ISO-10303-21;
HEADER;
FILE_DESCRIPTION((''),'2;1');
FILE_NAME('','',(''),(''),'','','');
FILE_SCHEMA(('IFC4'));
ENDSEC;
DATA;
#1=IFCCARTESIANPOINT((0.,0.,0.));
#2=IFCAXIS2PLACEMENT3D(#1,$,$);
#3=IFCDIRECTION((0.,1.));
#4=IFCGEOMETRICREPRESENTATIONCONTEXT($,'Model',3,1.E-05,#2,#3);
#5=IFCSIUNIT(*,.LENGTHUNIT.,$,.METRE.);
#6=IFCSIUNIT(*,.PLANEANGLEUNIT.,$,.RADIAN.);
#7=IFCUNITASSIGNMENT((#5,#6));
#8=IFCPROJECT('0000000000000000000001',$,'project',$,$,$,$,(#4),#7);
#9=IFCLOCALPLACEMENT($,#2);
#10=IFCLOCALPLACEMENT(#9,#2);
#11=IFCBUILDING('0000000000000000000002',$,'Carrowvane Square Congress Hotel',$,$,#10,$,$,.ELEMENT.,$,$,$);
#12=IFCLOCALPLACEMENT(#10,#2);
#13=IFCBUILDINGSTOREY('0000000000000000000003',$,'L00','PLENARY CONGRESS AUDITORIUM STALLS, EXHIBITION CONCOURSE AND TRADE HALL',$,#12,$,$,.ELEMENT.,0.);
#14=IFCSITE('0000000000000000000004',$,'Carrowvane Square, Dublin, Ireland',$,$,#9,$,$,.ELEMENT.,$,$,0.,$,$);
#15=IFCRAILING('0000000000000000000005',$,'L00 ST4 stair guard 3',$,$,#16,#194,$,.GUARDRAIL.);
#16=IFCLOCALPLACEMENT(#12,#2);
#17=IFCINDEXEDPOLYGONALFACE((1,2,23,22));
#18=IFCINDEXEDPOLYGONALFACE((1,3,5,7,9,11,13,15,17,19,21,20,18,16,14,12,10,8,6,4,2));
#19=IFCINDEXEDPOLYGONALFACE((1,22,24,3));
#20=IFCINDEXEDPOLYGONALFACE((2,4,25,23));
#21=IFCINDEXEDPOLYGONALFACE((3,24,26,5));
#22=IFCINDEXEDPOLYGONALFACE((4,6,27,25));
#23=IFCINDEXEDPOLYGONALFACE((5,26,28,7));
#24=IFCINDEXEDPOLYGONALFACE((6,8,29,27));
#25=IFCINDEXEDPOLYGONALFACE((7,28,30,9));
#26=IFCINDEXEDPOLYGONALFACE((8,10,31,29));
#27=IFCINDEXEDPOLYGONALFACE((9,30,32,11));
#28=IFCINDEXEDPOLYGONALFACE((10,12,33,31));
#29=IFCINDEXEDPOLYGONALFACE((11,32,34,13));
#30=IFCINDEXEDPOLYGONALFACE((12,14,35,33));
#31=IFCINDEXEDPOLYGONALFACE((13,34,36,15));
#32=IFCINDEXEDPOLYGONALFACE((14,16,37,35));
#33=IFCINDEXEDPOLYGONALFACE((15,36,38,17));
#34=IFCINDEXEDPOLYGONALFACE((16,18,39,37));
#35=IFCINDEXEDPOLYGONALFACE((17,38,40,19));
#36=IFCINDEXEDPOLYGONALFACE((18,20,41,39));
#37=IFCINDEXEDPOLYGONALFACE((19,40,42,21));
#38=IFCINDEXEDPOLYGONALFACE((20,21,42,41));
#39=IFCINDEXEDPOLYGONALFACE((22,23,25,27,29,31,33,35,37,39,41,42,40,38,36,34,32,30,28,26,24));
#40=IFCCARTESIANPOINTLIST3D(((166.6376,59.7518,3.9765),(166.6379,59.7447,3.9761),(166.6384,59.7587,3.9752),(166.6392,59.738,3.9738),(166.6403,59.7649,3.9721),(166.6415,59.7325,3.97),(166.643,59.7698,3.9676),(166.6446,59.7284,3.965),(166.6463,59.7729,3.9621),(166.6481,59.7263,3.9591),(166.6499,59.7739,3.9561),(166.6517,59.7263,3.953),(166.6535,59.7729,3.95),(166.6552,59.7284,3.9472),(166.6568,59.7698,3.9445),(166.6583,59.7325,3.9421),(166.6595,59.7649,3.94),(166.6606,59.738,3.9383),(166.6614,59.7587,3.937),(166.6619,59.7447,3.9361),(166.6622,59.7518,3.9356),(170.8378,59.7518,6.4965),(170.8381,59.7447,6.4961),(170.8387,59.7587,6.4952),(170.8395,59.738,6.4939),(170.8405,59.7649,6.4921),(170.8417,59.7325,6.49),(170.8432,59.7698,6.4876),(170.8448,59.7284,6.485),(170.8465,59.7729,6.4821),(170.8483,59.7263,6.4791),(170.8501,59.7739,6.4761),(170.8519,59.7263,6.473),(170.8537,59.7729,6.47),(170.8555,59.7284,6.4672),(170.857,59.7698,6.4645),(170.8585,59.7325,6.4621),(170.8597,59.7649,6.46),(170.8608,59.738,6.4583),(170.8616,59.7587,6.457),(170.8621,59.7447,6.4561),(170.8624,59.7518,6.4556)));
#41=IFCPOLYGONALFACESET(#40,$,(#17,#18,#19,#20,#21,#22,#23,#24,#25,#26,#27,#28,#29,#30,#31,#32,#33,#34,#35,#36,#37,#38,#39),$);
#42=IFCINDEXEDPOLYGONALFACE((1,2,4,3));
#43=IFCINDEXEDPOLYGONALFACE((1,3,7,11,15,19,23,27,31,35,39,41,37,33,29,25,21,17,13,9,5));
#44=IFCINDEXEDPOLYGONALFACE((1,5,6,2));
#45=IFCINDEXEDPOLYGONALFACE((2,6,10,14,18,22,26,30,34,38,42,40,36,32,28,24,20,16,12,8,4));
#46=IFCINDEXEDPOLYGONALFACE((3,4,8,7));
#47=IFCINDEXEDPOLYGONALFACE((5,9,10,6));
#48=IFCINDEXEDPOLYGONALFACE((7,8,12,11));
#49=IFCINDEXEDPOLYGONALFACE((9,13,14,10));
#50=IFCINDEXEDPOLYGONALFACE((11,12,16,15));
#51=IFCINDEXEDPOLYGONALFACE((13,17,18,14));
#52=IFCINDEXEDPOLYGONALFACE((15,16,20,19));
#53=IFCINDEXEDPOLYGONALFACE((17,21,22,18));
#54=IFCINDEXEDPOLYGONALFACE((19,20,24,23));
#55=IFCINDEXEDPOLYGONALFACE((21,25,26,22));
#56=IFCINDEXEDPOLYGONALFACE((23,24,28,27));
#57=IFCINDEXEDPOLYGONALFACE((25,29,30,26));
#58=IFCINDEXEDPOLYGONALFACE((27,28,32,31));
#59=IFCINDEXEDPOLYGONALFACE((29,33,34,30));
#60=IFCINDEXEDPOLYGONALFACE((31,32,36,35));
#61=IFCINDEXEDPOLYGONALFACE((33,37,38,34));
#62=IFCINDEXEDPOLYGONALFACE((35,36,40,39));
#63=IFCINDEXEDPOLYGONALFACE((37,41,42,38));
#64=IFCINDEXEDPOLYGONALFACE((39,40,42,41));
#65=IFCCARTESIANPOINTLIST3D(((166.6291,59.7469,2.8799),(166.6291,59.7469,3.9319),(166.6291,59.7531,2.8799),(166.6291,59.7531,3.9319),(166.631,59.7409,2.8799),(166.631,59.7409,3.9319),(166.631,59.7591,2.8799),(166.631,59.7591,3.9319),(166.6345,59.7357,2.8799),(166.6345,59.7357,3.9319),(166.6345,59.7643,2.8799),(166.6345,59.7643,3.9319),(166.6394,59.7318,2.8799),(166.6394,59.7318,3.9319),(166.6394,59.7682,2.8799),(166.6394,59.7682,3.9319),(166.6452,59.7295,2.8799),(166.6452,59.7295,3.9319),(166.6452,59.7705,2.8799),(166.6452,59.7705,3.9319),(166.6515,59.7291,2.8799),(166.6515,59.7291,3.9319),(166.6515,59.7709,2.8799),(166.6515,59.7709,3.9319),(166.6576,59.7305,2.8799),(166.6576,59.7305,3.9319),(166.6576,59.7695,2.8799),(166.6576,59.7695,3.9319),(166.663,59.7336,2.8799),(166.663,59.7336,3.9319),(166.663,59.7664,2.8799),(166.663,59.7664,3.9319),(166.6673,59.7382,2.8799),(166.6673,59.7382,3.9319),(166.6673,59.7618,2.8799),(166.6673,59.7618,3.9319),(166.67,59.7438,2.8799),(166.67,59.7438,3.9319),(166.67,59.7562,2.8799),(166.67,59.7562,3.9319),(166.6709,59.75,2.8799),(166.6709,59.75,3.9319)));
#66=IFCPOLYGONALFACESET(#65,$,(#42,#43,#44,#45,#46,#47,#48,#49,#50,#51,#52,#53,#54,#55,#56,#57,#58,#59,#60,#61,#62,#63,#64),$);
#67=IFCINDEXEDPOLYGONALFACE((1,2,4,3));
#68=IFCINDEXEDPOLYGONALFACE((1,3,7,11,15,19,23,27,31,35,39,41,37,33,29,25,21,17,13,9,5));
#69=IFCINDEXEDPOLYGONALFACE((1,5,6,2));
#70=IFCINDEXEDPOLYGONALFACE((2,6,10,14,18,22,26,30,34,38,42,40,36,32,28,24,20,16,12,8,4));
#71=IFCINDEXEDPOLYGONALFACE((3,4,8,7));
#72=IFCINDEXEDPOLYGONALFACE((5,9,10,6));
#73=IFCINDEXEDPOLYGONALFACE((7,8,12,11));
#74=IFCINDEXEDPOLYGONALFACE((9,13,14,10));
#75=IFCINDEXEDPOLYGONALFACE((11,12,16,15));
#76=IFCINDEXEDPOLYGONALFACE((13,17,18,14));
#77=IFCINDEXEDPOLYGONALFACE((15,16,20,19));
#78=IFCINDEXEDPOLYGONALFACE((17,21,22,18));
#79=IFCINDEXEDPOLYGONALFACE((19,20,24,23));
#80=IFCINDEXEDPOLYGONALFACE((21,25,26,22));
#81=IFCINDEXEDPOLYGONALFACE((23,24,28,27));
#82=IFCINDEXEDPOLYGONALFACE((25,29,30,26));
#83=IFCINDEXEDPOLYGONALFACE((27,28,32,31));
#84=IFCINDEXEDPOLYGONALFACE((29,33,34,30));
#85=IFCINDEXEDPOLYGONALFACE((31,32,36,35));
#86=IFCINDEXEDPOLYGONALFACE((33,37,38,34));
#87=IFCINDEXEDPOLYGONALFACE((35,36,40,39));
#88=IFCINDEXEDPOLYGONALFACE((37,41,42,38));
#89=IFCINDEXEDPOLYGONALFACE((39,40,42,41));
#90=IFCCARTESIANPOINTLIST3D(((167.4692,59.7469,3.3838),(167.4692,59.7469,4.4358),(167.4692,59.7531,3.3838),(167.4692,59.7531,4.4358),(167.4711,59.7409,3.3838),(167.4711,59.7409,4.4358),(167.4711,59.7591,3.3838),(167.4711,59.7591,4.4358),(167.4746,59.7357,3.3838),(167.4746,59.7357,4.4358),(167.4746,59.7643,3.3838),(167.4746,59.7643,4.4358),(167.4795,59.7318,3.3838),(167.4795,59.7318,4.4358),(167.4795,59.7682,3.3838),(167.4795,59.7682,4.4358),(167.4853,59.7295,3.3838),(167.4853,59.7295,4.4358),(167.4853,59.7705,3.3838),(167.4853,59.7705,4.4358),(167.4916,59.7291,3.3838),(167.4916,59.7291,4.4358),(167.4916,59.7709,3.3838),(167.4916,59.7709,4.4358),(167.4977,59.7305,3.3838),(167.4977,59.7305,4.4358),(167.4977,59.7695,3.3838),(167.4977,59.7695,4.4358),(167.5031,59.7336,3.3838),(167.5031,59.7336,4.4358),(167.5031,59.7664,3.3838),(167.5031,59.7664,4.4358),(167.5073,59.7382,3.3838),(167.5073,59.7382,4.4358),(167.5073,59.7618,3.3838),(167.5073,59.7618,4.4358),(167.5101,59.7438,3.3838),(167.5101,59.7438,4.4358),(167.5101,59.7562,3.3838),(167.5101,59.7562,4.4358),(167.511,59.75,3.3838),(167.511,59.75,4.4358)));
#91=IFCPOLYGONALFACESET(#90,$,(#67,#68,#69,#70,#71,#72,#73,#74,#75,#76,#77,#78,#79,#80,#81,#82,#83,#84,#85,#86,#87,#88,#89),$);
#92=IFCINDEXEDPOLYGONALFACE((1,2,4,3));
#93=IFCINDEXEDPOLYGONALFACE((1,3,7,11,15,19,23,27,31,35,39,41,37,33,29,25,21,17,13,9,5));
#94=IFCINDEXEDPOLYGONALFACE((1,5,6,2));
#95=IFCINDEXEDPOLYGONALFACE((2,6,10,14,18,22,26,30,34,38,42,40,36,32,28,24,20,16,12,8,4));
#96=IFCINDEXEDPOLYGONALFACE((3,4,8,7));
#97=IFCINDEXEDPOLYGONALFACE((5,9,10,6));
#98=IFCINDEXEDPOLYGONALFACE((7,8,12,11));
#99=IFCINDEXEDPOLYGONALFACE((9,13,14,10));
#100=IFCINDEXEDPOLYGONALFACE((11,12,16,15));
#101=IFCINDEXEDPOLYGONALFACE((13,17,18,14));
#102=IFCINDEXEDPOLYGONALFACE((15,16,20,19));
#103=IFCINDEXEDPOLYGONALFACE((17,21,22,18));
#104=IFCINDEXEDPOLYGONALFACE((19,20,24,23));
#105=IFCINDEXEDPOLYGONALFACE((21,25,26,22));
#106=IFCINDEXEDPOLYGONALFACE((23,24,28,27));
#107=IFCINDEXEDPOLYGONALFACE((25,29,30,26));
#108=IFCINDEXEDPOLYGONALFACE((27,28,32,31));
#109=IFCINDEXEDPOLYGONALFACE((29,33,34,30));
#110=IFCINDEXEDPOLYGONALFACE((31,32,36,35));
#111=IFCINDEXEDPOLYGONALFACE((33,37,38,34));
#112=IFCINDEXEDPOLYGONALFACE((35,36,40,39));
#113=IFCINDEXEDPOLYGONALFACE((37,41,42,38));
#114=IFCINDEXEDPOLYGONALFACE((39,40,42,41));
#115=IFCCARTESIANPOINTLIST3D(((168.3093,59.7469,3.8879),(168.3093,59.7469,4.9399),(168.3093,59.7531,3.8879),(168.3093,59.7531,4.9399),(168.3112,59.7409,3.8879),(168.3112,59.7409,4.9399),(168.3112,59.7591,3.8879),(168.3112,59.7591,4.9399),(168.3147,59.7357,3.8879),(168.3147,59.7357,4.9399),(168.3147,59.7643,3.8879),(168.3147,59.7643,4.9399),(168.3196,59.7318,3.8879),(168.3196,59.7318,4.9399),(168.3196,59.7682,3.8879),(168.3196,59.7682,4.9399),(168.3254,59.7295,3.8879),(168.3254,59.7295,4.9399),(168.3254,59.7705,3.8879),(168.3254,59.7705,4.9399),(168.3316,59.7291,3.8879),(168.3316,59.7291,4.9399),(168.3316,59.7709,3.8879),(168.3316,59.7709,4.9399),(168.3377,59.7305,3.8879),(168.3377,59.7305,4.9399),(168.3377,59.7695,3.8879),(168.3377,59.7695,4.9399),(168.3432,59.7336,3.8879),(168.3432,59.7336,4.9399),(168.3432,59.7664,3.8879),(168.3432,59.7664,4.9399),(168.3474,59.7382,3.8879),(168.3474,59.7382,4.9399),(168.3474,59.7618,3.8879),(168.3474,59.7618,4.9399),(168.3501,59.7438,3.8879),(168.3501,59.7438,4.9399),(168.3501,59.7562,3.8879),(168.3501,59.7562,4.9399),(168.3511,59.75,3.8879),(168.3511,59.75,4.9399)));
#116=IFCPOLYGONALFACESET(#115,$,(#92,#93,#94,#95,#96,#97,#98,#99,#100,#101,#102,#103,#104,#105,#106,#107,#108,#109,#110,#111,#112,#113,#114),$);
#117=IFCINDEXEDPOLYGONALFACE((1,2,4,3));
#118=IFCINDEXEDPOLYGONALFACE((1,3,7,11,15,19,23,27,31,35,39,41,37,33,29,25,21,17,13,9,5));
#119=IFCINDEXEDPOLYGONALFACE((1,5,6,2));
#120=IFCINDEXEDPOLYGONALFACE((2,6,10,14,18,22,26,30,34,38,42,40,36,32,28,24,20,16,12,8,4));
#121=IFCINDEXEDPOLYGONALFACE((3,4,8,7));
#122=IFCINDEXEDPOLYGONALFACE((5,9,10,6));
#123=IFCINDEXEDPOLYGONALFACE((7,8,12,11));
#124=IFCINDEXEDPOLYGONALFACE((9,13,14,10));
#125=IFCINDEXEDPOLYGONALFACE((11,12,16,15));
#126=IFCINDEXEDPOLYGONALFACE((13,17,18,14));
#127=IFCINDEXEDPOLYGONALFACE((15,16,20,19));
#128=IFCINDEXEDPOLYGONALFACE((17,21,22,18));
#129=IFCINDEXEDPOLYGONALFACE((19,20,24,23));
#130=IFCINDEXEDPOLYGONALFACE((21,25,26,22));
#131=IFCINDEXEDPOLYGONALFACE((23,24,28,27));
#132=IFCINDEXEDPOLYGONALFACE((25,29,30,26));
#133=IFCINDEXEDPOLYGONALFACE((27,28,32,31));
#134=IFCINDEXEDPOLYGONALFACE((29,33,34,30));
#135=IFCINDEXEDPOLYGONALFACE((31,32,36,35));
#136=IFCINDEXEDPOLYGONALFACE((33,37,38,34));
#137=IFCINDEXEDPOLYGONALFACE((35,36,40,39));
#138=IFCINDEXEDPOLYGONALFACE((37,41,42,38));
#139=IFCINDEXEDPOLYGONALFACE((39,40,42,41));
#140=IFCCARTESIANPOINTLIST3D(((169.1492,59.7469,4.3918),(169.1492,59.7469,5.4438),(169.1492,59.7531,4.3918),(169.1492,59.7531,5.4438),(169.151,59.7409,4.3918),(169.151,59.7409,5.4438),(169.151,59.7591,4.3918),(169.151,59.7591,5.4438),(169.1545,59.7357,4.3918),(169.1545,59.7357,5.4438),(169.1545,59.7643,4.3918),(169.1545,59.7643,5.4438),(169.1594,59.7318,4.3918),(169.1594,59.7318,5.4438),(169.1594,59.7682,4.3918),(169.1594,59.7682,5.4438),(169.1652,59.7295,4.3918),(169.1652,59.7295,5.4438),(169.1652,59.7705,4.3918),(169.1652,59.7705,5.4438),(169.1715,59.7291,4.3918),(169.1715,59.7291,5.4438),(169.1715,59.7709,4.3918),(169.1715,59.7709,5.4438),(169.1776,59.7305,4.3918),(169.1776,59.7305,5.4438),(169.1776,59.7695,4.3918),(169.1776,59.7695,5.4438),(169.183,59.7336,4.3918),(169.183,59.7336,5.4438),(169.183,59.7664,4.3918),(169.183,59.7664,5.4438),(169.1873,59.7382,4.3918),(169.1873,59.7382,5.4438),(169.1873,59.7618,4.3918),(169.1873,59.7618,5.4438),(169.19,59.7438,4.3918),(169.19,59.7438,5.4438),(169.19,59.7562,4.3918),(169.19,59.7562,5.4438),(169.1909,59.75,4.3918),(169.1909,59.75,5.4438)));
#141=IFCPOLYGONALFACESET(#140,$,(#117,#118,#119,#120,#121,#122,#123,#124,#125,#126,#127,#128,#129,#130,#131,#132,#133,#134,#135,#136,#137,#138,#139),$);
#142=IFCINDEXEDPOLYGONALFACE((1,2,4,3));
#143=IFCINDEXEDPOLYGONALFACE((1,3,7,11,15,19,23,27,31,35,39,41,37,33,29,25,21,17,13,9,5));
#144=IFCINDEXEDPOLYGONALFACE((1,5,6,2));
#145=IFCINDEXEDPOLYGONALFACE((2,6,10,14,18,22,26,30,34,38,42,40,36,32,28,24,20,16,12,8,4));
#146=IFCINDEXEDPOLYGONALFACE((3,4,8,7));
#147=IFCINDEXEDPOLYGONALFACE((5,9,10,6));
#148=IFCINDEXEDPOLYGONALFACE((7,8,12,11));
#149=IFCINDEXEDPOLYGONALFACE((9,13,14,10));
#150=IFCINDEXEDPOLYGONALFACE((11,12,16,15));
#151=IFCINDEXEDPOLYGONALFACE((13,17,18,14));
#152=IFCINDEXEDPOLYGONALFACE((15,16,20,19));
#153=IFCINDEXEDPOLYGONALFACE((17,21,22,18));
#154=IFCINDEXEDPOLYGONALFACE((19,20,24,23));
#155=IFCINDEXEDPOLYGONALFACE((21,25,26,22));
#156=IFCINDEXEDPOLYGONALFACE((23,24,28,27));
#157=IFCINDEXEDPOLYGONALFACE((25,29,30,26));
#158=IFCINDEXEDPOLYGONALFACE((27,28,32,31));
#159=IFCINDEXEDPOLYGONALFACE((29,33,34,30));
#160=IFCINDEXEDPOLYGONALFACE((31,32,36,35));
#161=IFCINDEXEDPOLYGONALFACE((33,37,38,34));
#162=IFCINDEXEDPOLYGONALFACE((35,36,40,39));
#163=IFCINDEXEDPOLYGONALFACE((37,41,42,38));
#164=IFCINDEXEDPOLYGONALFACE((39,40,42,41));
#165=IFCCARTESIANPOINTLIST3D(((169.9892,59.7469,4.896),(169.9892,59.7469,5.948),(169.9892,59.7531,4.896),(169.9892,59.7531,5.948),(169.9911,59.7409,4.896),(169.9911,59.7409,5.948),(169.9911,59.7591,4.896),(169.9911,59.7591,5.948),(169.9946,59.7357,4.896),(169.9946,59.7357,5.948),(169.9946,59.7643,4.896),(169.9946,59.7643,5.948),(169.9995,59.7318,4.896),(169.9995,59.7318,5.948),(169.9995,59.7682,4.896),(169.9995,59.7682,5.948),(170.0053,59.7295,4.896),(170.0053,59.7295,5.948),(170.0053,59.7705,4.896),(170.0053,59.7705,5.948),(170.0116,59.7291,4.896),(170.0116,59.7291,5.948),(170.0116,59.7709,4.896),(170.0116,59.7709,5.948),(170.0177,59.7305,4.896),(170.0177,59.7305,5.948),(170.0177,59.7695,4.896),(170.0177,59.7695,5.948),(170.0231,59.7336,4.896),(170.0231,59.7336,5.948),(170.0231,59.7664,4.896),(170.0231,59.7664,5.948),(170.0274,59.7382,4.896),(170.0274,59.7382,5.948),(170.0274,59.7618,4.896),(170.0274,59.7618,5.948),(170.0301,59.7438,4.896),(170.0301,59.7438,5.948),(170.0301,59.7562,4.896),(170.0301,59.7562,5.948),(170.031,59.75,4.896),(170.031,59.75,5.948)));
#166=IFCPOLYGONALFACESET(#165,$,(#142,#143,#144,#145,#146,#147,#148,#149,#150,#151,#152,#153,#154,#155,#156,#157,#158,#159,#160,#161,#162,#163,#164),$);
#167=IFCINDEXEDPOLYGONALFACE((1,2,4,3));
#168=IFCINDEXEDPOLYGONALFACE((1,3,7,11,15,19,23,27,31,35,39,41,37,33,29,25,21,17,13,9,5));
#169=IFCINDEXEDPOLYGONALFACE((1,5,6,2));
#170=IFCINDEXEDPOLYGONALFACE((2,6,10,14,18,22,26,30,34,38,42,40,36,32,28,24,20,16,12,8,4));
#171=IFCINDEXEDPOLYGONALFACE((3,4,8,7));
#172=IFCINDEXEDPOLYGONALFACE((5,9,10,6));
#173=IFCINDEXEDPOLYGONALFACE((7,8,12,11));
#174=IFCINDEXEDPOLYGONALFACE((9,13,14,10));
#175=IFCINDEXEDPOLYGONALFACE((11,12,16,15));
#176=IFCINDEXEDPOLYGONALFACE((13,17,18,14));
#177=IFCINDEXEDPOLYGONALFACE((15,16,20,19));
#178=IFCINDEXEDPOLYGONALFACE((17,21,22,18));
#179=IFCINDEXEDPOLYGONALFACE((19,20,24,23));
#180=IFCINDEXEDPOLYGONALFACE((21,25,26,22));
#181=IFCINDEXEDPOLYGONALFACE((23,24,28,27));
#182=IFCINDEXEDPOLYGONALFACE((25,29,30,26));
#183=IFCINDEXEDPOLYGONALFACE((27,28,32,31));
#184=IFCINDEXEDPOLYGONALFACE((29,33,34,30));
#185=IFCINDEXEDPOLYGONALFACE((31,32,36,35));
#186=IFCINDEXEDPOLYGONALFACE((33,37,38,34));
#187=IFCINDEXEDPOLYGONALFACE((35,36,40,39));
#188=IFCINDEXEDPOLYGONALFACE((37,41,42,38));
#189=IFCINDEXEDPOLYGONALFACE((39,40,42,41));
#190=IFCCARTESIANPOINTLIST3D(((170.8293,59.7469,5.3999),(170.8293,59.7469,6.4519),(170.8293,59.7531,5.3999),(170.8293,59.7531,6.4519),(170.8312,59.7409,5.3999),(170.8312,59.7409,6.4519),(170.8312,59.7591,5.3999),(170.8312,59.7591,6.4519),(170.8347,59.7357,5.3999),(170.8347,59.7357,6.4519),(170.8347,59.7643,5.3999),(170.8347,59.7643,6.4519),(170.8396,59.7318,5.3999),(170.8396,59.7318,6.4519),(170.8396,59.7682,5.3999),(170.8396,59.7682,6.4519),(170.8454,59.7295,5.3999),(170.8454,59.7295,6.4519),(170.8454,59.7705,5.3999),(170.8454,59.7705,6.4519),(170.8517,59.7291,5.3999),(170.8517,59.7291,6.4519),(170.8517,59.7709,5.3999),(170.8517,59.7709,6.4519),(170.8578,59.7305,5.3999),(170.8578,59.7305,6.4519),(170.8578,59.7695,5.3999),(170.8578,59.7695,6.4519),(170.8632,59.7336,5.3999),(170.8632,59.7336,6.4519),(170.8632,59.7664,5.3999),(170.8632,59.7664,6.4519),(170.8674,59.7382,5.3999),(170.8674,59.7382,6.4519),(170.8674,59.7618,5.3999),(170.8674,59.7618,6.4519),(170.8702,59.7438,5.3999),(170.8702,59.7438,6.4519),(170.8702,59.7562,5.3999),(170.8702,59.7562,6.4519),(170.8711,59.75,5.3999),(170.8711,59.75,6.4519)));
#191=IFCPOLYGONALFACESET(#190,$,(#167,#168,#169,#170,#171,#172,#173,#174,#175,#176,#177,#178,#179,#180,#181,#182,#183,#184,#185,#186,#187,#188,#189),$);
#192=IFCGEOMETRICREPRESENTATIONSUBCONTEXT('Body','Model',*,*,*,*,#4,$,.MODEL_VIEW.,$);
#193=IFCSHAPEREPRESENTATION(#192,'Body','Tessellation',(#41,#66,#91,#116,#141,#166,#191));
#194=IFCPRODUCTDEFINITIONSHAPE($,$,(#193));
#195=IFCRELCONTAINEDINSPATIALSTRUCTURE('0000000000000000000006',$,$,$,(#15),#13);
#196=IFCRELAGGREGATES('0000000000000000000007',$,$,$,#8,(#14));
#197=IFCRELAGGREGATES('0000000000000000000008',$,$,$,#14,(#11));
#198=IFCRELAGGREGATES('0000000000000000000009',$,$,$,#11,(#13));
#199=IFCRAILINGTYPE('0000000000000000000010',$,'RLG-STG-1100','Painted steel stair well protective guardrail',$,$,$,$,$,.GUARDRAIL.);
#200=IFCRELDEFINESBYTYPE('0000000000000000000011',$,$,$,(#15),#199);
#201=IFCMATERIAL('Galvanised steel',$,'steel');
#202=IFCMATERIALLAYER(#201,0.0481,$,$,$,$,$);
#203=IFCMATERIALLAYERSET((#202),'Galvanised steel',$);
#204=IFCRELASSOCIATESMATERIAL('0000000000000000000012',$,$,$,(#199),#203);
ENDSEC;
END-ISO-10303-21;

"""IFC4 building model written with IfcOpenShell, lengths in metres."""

from ifc_helpers import new_model, si_unit, direction, frame, origin, origin_2d, place, context, subcontext, project, spatial, circle, extrude, material, layer, layer_set, type_object, element, save


model = new_model("IFC4")

# Units and contexts
model_context = context("Model", 3, precision=1e-05, world=origin(), true_north=direction((0.0, 1.0)))
body_context = subcontext(model_context, "Body", "Model", "MODEL_VIEW")
ifc_project = project(units=[si_unit("LENGTHUNIT", "METRE"), si_unit("PLANEANGLEUNIT", "RADIAN")], contexts=[model_context])

# Site, building, storey
site_placement = place(None, origin())
site = spatial("IfcSite", under=ifc_project, at=site_placement, Name="Carrowvane Square, Dublin, Ireland", CompositionType="ELEMENT", RefElevation=0.0)
building_placement = place(site_placement, origin())
building = spatial("IfcBuilding", under=site, at=building_placement, Name="Carrowvane Square Congress Hotel", CompositionType="ELEMENT")
storey_placement = place(building_placement, origin())
storey = spatial("IfcBuildingStorey", under=building, at=storey_placement, Name="L00", Description="PLENARY CONGRESS AUDITORIUM STALLS, EXHIBITION CONCOURSE AND TRADE HALL", CompositionType="ELEMENT", Elevation=0.0)

# Railing
ifc_material_1 = material(Name="Galvanised steel", Category="steel")
ifc_layer_1 = layer(ifc_material_1, 0.0481)
ifc_layer_set_1 = layer_set([ifc_layer_1], Name="Galvanised steel")
railing_type_1 = type_object("IfcRailingType", Name="RLG-STG-1100", Description="Painted steel stair well protective guardrail", PredefinedType="GUARDRAIL", material=ifc_layer_set_1)
railing_1_placement = place(storey_placement, frame((166.6499, 59.75, 2.8799)))
element("IfcRailing", 1, at=railing_1_placement, inside=storey, type_object=railing_type_1, Name="L00 ST4 stair guard 3", PredefinedType="GUARDRAIL", context=body_context, shape_type="SweptSolid", body=[
    extrude(circle(Radius=0.0239, at=origin_2d()), frame((0.0, 0.0, 1.0762), z_axis=(0.857502, 0.0, 0.514481), x_axis=(0.0, 1.0, 0.0)), (0.0, 0.0, 1.0), 4.8982),
    extrude(circle(Radius=0.021, at=origin_2d()), origin(), (0.0, 0.0, 1.0), 1.052),
    extrude(circle(Radius=0.021, at=origin_2d()), frame((0.8401, 0.0, 0.5039)), (0.0, 0.0, 1.0), 1.052),
    extrude(circle(Radius=0.021, at=origin_2d()), frame((1.6802, 0.0, 1.0081)), (0.0, 0.0, 1.0), 1.052),
    extrude(circle(Radius=0.021, at=origin_2d()), frame((2.52, 0.0, 1.512)), (0.0, 0.0, 1.0), 1.052),
    extrude(circle(Radius=0.021, at=origin_2d()), frame((3.3601, 0.0, 2.0161)), (0.0, 0.0, 1.0), 1.052),
    extrude(circle(Radius=0.021, at=origin_2d()), frame((4.2002, 0.0, 2.52)), (0.0, 0.0, 1.0), 1.052),
])

save(model, "model.ifc")
